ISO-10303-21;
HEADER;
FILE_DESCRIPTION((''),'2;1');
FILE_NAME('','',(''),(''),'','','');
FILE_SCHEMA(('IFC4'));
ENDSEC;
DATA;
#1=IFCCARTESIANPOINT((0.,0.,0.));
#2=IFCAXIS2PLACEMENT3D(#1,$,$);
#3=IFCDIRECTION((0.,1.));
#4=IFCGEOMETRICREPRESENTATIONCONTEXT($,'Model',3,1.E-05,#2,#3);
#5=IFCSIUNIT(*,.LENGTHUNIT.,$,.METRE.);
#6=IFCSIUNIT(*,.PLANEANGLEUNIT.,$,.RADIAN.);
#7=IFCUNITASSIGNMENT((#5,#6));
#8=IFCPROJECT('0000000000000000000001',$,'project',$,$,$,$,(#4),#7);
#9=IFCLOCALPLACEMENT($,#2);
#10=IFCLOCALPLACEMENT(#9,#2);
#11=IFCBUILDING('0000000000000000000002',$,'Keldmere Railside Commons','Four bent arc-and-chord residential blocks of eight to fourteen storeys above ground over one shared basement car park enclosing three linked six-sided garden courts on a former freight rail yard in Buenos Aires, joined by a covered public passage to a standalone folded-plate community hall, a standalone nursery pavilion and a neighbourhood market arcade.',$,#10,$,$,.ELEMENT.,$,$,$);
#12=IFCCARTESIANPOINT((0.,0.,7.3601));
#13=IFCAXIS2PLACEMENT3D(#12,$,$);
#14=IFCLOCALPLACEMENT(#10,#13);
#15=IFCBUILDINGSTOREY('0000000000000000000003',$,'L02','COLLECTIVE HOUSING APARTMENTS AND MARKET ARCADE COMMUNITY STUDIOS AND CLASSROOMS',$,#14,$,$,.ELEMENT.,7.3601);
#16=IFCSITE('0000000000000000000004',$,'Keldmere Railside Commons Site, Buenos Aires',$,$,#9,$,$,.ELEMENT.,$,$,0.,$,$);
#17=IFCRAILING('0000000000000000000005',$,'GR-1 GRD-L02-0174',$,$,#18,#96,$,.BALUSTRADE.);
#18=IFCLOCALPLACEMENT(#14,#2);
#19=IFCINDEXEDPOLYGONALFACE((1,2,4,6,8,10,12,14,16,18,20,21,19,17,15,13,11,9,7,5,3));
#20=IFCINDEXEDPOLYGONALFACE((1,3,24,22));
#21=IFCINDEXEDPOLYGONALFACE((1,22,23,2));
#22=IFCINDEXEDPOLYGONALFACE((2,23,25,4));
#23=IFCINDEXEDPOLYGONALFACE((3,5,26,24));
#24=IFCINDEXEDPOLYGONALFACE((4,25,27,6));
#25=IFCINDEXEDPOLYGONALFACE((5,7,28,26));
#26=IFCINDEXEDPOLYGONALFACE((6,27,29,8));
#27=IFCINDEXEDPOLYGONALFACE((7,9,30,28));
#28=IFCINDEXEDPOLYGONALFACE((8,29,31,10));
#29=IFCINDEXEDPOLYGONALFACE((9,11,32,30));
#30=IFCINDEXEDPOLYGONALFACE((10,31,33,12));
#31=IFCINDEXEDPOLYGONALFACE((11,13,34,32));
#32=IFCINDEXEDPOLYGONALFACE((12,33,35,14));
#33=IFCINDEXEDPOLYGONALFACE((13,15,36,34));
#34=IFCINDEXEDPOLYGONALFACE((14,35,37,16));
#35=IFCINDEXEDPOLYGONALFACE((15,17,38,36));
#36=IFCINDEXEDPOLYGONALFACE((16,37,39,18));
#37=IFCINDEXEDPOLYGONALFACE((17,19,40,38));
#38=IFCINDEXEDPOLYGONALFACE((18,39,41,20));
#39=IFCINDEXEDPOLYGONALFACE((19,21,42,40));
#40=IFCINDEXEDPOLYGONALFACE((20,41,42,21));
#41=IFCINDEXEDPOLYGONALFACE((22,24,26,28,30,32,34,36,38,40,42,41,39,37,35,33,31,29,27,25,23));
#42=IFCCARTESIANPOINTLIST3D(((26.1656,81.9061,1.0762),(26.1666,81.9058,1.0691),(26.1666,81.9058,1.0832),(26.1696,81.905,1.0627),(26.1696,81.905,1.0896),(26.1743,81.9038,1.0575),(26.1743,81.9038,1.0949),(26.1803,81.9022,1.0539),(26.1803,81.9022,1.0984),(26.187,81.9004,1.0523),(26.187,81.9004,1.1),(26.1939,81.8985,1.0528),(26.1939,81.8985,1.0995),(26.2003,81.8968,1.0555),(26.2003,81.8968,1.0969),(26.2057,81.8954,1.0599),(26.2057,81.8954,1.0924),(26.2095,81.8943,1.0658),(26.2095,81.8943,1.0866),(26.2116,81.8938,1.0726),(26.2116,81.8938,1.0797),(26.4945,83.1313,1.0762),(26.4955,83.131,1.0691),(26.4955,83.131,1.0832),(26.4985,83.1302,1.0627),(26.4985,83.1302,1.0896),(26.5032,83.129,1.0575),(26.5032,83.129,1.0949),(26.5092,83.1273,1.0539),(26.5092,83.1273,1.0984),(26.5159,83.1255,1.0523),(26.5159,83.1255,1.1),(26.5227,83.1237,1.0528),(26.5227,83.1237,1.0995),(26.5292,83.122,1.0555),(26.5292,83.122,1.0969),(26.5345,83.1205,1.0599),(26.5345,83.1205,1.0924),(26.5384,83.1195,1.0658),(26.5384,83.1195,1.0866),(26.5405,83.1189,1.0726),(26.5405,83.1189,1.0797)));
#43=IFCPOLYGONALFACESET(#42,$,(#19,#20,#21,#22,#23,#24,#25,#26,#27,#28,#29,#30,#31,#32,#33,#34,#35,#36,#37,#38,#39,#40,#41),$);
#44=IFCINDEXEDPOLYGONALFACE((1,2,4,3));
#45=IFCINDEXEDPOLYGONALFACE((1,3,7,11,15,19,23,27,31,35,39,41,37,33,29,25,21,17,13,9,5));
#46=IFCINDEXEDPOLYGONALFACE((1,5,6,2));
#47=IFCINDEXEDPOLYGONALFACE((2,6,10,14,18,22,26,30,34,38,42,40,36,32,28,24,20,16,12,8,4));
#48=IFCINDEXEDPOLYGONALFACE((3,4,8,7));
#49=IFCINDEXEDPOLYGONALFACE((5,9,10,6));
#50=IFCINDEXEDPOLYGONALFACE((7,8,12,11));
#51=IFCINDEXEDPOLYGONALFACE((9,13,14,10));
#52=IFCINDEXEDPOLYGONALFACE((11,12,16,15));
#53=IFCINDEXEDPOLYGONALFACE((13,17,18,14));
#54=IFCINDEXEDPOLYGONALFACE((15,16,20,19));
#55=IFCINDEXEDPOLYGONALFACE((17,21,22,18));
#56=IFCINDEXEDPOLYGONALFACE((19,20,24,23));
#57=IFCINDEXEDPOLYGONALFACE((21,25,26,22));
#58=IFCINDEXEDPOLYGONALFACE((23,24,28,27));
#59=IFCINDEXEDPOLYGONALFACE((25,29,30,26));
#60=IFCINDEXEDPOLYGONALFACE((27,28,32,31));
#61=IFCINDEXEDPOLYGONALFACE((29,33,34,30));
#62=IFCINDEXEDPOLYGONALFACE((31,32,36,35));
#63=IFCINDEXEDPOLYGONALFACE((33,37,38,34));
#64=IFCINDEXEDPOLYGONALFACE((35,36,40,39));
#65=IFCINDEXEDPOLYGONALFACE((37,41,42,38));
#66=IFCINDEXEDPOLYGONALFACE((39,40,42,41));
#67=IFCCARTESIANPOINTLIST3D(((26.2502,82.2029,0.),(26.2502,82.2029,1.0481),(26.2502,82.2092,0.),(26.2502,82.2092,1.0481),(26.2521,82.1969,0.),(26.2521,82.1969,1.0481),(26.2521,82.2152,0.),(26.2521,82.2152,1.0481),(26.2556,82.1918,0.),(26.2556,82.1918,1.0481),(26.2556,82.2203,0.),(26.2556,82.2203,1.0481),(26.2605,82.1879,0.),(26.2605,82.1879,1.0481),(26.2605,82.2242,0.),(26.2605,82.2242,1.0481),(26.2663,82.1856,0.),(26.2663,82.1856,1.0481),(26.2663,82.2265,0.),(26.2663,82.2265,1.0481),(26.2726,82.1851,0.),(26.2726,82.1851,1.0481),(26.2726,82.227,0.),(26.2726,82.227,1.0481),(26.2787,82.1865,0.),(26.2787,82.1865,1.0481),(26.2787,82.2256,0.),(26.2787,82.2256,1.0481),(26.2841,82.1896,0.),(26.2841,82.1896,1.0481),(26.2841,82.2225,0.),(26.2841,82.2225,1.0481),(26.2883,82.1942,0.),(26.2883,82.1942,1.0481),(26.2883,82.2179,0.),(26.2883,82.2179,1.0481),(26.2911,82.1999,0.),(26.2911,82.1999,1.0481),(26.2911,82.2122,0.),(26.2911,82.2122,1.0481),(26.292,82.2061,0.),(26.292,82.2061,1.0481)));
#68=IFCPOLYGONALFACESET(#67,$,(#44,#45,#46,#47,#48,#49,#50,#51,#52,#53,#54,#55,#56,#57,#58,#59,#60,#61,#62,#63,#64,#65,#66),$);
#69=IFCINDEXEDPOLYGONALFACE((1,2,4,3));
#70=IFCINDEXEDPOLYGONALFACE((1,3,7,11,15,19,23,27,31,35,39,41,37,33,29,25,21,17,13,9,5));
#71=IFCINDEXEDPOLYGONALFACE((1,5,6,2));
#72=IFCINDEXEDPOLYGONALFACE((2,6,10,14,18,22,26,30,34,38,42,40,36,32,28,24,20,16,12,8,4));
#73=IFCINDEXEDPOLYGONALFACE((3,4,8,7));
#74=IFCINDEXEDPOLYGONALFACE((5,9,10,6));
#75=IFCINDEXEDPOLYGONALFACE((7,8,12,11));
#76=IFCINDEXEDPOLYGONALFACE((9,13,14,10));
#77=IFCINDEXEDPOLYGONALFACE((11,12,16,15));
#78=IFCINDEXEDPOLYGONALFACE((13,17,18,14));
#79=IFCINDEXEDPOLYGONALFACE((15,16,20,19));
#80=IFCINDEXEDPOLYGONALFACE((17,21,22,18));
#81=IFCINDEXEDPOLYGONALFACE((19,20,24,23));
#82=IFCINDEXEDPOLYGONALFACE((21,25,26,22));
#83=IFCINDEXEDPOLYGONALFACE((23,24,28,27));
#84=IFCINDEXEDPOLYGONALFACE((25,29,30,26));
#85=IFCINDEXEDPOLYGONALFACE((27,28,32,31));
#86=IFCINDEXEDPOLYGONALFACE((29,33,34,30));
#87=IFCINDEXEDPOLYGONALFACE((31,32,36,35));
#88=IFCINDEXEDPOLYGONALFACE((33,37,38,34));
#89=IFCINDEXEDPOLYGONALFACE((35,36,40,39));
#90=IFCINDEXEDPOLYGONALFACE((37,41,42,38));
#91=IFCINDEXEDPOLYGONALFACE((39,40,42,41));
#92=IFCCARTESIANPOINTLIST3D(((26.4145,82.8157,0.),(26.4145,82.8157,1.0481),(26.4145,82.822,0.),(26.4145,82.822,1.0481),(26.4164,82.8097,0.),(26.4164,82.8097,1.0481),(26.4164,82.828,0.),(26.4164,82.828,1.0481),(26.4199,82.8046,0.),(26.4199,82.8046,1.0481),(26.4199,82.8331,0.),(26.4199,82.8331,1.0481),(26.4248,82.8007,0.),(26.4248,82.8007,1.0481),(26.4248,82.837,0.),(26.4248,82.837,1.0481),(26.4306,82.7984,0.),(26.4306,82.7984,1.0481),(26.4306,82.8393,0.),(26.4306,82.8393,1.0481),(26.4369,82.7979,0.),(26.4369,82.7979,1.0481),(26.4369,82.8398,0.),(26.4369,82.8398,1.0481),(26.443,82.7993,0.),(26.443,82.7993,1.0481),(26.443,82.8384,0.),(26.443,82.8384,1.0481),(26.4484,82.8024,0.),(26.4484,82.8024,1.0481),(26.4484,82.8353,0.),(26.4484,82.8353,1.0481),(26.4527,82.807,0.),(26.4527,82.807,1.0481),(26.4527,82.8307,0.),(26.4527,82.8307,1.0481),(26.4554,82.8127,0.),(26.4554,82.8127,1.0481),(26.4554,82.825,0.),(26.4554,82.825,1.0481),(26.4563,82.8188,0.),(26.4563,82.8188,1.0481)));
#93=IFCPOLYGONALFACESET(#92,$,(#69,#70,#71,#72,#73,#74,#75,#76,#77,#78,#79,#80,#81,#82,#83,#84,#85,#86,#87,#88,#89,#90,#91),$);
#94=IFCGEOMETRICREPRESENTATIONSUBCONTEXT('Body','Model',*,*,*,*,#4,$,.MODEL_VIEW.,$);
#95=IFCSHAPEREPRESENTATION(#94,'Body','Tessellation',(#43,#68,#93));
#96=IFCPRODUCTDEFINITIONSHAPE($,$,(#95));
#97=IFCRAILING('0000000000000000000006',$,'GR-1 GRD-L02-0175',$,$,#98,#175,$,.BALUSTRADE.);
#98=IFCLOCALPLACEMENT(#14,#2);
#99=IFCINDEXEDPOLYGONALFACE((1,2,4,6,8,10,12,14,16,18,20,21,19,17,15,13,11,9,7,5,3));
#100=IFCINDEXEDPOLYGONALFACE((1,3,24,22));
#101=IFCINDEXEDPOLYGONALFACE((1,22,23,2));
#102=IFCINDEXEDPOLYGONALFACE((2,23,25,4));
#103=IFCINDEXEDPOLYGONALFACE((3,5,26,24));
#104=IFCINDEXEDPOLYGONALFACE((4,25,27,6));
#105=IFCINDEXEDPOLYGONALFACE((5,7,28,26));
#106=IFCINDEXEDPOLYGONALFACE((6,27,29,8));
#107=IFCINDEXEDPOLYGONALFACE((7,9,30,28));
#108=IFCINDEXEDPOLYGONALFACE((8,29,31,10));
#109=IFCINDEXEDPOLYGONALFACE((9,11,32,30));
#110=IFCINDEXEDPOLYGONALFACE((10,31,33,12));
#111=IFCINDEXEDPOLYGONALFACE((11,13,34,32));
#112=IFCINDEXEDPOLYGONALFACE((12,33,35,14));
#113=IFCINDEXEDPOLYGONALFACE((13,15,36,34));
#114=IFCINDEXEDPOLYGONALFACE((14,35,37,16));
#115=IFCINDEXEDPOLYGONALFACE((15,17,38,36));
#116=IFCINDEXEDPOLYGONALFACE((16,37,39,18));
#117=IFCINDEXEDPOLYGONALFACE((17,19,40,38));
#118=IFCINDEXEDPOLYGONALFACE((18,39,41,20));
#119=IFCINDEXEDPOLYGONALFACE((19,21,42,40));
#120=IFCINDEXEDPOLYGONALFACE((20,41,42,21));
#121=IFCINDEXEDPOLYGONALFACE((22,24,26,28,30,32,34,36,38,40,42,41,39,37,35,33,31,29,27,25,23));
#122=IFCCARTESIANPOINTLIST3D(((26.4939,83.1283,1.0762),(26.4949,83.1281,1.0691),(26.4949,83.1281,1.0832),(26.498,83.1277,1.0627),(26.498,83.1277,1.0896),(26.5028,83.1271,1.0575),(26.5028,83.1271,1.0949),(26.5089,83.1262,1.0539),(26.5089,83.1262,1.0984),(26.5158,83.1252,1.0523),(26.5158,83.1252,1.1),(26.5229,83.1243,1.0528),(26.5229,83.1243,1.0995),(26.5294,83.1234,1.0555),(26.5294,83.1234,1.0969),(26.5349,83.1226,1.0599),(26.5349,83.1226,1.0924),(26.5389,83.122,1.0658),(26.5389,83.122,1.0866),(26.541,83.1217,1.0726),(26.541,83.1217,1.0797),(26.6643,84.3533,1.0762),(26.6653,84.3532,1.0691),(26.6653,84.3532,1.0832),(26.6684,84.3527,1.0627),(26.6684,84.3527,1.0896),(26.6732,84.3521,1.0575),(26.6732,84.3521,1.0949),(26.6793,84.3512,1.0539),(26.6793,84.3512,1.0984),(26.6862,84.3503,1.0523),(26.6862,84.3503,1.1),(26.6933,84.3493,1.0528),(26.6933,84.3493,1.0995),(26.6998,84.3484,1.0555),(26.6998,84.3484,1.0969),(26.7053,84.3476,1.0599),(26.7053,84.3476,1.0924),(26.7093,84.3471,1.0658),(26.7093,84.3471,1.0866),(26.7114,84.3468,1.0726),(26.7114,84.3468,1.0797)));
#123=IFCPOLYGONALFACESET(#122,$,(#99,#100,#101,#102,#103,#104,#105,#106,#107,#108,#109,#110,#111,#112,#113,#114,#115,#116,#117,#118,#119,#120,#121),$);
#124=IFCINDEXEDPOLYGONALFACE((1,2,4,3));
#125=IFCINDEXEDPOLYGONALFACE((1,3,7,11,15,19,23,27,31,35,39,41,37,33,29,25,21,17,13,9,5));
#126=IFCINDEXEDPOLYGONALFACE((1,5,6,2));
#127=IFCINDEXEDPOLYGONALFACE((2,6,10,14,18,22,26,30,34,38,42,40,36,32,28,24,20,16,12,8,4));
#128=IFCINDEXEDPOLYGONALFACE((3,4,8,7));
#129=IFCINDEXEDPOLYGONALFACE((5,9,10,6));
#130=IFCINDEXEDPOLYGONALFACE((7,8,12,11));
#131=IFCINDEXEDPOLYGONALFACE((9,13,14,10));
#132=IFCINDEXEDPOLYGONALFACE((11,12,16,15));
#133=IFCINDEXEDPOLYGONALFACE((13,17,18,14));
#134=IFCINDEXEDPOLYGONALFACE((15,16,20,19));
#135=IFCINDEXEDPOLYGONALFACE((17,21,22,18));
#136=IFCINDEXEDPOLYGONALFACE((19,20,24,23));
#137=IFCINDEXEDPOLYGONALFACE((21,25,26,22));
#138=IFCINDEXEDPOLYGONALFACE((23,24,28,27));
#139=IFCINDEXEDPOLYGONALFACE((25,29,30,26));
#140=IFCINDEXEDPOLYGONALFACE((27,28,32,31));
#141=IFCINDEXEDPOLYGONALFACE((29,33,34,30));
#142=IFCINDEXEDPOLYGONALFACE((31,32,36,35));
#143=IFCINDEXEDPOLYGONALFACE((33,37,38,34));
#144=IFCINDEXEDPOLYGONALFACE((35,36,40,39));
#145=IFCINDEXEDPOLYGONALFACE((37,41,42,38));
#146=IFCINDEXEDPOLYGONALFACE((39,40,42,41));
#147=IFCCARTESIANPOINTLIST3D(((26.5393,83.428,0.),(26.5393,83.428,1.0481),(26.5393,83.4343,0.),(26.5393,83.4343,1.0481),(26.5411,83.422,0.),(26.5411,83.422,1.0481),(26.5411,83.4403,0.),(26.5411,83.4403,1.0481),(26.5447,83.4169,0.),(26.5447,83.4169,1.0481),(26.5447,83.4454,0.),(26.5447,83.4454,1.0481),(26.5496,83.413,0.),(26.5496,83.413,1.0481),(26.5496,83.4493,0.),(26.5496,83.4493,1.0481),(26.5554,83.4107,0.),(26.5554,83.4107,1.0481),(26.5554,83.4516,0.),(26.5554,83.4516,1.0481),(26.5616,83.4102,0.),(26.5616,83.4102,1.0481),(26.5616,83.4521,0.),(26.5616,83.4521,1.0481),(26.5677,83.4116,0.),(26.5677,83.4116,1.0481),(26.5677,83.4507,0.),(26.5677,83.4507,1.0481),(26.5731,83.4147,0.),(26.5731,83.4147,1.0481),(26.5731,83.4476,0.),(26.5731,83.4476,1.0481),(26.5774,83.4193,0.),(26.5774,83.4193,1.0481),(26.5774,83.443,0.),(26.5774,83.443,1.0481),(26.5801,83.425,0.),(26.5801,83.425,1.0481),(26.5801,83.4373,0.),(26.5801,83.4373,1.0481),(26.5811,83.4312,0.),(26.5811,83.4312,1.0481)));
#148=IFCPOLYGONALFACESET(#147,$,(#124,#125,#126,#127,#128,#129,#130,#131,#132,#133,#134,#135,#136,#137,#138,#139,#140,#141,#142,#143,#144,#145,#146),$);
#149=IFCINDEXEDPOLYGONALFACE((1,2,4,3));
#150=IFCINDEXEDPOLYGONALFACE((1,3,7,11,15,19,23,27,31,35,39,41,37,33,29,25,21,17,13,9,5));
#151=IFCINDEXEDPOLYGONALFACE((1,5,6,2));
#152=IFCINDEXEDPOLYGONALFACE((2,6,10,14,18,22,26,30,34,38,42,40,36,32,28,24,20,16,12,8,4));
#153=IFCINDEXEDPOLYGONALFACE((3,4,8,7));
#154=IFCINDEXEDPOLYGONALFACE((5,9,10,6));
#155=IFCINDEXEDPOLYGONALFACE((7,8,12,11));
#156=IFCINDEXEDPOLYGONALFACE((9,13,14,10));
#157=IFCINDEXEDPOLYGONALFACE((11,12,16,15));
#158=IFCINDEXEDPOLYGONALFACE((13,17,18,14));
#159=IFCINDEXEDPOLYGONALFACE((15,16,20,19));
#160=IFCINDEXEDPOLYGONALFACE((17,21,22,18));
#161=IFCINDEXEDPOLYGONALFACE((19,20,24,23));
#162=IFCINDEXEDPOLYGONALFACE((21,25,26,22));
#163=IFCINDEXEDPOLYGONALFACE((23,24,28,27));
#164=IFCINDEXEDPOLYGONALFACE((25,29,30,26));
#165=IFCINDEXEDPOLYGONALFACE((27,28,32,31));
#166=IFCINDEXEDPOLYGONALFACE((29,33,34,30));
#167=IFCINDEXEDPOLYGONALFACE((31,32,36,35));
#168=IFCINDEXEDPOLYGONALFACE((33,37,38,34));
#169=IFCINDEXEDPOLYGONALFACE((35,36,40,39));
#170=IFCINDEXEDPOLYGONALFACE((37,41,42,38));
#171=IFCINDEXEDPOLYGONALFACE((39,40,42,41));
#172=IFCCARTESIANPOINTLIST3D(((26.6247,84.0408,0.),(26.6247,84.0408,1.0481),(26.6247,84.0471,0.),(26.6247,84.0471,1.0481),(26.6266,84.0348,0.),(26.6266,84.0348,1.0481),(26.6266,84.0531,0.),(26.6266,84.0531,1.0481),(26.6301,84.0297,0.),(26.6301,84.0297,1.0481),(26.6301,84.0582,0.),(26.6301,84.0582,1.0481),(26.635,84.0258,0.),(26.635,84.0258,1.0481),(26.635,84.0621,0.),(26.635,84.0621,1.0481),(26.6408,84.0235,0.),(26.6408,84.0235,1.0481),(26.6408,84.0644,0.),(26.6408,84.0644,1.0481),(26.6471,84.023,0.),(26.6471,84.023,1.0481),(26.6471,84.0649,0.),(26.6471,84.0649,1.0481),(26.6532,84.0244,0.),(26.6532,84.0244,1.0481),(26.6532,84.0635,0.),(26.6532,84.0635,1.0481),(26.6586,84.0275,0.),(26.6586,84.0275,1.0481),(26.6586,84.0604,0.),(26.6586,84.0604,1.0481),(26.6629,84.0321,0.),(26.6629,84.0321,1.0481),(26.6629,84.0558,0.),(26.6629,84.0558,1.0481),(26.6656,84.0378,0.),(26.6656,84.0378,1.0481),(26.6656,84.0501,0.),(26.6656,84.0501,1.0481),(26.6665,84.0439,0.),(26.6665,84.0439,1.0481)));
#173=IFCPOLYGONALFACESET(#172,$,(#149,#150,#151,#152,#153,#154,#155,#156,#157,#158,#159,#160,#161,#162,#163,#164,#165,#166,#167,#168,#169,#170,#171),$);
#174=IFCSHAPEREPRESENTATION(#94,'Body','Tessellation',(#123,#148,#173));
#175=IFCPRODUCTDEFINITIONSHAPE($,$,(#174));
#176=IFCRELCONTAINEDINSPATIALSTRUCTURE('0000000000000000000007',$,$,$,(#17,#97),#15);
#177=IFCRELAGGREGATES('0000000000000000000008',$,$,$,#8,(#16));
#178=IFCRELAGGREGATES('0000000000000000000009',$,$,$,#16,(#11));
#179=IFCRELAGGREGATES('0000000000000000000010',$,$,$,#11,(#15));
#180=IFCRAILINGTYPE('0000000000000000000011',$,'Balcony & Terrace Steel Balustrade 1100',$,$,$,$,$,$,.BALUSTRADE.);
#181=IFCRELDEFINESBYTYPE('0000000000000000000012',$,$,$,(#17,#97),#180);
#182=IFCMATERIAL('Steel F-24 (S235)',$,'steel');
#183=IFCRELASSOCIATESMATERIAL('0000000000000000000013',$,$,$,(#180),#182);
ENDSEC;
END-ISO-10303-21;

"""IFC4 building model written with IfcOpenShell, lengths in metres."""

from ifc_helpers import new_model, si_unit, direction, frame, origin, origin_2d, place, context, subcontext, project, spatial, circle, extrude, material, type_object, element, save


model = new_model("IFC4")

# Units and contexts
model_context = context("Model", 3, precision=1e-05, world=origin(), true_north=direction((0.0, 1.0)))
body_context = subcontext(model_context, "Body", "Model", "MODEL_VIEW")
ifc_project = project(units=[si_unit("LENGTHUNIT", "METRE"), si_unit("PLANEANGLEUNIT", "RADIAN")], contexts=[model_context])

# Site, building, storey
site_placement = place(None, origin())
site = spatial("IfcSite", under=ifc_project, at=site_placement, Name="Keldmere Railside Commons Site, Buenos Aires", CompositionType="ELEMENT", RefElevation=0.0)
building_placement = place(site_placement, origin())
building = spatial("IfcBuilding", under=site, at=building_placement, Name="Keldmere Railside Commons", Description="Four bent arc-and-chord residential blocks of eight to fourteen storeys above ground over one shared basement car park enclosing three linked six-sided garden courts on a former freight rail yard in Buenos Aires, joined by a covered public passage to a standalone folded-plate community hall, a standalone nursery pavilion and a neighbourhood market arcade.", CompositionType="ELEMENT")
storey_placement = place(building_placement, frame((0.0, 0.0, 7.3601)))
storey = spatial("IfcBuildingStorey", under=building, at=storey_placement, Name="L02", Description="COLLECTIVE HOUSING APARTMENTS AND MARKET ARCADE COMMUNITY STUDIOS AND CLASSROOMS", CompositionType="ELEMENT", Elevation=7.3601)

# Railings
ifc_material_1 = material(Name="Steel F-24 (S235)", Category="steel")
railing_type = type_object("IfcRailingType", Name="Balcony & Terrace Steel Balustrade 1100", PredefinedType="BALUSTRADE", material=ifc_material_1)
railing_1_placement = place(storey_placement, frame((26.1887, 81.8999, 0.0)))
element("IfcRailing", 1, at=railing_1_placement, inside=storey, type_object=railing_type, Name="GR-1 GRD-L02-0174", PredefinedType="BALUSTRADE", context=body_context, shape_type="SweptSolid", body=[
    extrude(circle(Radius=0.0239, at=origin_2d()), frame((0.0, 0.0, 1.0762), z_axis=(0.259256, 0.965809, 0.0), x_axis=(-0.965809, 0.259256, 0.0)), (0.0, 0.0, 1.0), 1.2686),
    extrude(circle(Radius=0.021, at=origin_2d()), frame((0.0823, 0.3062, 0.0)), (0.0, 0.0, 1.0), 1.0481),
    extrude(circle(Radius=0.021, at=origin_2d()), frame((0.2466, 0.9189, 0.0)), (0.0, 0.0, 1.0), 1.0481),
])
railing_2_placement = place(storey_placement, frame((26.5176, 83.125, 0.0)))
element("IfcRailing", 2, at=railing_2_placement, inside=storey, type_object=railing_type, Name="GR-1 GRD-L02-0175", PredefinedType="BALUSTRADE", context=body_context, shape_type="SweptSolid", body=[
    extrude(circle(Radius=0.0239, at=origin_2d()), frame((0.0, 0.0, 1.0762), z_axis=(0.137773, 0.990464, 0.0), x_axis=(-0.990464, 0.137773, 0.0)), (0.0, 0.0, 1.0), 1.2368),
    extrude(circle(Radius=0.021, at=origin_2d()), frame((0.0425, 0.3062, 0.0)), (0.0, 0.0, 1.0), 1.0481),
    extrude(circle(Radius=0.021, at=origin_2d()), frame((0.1279, 0.9189, 0.0)), (0.0, 0.0, 1.0), 1.0481),
])

save(model, "model.ifc")
